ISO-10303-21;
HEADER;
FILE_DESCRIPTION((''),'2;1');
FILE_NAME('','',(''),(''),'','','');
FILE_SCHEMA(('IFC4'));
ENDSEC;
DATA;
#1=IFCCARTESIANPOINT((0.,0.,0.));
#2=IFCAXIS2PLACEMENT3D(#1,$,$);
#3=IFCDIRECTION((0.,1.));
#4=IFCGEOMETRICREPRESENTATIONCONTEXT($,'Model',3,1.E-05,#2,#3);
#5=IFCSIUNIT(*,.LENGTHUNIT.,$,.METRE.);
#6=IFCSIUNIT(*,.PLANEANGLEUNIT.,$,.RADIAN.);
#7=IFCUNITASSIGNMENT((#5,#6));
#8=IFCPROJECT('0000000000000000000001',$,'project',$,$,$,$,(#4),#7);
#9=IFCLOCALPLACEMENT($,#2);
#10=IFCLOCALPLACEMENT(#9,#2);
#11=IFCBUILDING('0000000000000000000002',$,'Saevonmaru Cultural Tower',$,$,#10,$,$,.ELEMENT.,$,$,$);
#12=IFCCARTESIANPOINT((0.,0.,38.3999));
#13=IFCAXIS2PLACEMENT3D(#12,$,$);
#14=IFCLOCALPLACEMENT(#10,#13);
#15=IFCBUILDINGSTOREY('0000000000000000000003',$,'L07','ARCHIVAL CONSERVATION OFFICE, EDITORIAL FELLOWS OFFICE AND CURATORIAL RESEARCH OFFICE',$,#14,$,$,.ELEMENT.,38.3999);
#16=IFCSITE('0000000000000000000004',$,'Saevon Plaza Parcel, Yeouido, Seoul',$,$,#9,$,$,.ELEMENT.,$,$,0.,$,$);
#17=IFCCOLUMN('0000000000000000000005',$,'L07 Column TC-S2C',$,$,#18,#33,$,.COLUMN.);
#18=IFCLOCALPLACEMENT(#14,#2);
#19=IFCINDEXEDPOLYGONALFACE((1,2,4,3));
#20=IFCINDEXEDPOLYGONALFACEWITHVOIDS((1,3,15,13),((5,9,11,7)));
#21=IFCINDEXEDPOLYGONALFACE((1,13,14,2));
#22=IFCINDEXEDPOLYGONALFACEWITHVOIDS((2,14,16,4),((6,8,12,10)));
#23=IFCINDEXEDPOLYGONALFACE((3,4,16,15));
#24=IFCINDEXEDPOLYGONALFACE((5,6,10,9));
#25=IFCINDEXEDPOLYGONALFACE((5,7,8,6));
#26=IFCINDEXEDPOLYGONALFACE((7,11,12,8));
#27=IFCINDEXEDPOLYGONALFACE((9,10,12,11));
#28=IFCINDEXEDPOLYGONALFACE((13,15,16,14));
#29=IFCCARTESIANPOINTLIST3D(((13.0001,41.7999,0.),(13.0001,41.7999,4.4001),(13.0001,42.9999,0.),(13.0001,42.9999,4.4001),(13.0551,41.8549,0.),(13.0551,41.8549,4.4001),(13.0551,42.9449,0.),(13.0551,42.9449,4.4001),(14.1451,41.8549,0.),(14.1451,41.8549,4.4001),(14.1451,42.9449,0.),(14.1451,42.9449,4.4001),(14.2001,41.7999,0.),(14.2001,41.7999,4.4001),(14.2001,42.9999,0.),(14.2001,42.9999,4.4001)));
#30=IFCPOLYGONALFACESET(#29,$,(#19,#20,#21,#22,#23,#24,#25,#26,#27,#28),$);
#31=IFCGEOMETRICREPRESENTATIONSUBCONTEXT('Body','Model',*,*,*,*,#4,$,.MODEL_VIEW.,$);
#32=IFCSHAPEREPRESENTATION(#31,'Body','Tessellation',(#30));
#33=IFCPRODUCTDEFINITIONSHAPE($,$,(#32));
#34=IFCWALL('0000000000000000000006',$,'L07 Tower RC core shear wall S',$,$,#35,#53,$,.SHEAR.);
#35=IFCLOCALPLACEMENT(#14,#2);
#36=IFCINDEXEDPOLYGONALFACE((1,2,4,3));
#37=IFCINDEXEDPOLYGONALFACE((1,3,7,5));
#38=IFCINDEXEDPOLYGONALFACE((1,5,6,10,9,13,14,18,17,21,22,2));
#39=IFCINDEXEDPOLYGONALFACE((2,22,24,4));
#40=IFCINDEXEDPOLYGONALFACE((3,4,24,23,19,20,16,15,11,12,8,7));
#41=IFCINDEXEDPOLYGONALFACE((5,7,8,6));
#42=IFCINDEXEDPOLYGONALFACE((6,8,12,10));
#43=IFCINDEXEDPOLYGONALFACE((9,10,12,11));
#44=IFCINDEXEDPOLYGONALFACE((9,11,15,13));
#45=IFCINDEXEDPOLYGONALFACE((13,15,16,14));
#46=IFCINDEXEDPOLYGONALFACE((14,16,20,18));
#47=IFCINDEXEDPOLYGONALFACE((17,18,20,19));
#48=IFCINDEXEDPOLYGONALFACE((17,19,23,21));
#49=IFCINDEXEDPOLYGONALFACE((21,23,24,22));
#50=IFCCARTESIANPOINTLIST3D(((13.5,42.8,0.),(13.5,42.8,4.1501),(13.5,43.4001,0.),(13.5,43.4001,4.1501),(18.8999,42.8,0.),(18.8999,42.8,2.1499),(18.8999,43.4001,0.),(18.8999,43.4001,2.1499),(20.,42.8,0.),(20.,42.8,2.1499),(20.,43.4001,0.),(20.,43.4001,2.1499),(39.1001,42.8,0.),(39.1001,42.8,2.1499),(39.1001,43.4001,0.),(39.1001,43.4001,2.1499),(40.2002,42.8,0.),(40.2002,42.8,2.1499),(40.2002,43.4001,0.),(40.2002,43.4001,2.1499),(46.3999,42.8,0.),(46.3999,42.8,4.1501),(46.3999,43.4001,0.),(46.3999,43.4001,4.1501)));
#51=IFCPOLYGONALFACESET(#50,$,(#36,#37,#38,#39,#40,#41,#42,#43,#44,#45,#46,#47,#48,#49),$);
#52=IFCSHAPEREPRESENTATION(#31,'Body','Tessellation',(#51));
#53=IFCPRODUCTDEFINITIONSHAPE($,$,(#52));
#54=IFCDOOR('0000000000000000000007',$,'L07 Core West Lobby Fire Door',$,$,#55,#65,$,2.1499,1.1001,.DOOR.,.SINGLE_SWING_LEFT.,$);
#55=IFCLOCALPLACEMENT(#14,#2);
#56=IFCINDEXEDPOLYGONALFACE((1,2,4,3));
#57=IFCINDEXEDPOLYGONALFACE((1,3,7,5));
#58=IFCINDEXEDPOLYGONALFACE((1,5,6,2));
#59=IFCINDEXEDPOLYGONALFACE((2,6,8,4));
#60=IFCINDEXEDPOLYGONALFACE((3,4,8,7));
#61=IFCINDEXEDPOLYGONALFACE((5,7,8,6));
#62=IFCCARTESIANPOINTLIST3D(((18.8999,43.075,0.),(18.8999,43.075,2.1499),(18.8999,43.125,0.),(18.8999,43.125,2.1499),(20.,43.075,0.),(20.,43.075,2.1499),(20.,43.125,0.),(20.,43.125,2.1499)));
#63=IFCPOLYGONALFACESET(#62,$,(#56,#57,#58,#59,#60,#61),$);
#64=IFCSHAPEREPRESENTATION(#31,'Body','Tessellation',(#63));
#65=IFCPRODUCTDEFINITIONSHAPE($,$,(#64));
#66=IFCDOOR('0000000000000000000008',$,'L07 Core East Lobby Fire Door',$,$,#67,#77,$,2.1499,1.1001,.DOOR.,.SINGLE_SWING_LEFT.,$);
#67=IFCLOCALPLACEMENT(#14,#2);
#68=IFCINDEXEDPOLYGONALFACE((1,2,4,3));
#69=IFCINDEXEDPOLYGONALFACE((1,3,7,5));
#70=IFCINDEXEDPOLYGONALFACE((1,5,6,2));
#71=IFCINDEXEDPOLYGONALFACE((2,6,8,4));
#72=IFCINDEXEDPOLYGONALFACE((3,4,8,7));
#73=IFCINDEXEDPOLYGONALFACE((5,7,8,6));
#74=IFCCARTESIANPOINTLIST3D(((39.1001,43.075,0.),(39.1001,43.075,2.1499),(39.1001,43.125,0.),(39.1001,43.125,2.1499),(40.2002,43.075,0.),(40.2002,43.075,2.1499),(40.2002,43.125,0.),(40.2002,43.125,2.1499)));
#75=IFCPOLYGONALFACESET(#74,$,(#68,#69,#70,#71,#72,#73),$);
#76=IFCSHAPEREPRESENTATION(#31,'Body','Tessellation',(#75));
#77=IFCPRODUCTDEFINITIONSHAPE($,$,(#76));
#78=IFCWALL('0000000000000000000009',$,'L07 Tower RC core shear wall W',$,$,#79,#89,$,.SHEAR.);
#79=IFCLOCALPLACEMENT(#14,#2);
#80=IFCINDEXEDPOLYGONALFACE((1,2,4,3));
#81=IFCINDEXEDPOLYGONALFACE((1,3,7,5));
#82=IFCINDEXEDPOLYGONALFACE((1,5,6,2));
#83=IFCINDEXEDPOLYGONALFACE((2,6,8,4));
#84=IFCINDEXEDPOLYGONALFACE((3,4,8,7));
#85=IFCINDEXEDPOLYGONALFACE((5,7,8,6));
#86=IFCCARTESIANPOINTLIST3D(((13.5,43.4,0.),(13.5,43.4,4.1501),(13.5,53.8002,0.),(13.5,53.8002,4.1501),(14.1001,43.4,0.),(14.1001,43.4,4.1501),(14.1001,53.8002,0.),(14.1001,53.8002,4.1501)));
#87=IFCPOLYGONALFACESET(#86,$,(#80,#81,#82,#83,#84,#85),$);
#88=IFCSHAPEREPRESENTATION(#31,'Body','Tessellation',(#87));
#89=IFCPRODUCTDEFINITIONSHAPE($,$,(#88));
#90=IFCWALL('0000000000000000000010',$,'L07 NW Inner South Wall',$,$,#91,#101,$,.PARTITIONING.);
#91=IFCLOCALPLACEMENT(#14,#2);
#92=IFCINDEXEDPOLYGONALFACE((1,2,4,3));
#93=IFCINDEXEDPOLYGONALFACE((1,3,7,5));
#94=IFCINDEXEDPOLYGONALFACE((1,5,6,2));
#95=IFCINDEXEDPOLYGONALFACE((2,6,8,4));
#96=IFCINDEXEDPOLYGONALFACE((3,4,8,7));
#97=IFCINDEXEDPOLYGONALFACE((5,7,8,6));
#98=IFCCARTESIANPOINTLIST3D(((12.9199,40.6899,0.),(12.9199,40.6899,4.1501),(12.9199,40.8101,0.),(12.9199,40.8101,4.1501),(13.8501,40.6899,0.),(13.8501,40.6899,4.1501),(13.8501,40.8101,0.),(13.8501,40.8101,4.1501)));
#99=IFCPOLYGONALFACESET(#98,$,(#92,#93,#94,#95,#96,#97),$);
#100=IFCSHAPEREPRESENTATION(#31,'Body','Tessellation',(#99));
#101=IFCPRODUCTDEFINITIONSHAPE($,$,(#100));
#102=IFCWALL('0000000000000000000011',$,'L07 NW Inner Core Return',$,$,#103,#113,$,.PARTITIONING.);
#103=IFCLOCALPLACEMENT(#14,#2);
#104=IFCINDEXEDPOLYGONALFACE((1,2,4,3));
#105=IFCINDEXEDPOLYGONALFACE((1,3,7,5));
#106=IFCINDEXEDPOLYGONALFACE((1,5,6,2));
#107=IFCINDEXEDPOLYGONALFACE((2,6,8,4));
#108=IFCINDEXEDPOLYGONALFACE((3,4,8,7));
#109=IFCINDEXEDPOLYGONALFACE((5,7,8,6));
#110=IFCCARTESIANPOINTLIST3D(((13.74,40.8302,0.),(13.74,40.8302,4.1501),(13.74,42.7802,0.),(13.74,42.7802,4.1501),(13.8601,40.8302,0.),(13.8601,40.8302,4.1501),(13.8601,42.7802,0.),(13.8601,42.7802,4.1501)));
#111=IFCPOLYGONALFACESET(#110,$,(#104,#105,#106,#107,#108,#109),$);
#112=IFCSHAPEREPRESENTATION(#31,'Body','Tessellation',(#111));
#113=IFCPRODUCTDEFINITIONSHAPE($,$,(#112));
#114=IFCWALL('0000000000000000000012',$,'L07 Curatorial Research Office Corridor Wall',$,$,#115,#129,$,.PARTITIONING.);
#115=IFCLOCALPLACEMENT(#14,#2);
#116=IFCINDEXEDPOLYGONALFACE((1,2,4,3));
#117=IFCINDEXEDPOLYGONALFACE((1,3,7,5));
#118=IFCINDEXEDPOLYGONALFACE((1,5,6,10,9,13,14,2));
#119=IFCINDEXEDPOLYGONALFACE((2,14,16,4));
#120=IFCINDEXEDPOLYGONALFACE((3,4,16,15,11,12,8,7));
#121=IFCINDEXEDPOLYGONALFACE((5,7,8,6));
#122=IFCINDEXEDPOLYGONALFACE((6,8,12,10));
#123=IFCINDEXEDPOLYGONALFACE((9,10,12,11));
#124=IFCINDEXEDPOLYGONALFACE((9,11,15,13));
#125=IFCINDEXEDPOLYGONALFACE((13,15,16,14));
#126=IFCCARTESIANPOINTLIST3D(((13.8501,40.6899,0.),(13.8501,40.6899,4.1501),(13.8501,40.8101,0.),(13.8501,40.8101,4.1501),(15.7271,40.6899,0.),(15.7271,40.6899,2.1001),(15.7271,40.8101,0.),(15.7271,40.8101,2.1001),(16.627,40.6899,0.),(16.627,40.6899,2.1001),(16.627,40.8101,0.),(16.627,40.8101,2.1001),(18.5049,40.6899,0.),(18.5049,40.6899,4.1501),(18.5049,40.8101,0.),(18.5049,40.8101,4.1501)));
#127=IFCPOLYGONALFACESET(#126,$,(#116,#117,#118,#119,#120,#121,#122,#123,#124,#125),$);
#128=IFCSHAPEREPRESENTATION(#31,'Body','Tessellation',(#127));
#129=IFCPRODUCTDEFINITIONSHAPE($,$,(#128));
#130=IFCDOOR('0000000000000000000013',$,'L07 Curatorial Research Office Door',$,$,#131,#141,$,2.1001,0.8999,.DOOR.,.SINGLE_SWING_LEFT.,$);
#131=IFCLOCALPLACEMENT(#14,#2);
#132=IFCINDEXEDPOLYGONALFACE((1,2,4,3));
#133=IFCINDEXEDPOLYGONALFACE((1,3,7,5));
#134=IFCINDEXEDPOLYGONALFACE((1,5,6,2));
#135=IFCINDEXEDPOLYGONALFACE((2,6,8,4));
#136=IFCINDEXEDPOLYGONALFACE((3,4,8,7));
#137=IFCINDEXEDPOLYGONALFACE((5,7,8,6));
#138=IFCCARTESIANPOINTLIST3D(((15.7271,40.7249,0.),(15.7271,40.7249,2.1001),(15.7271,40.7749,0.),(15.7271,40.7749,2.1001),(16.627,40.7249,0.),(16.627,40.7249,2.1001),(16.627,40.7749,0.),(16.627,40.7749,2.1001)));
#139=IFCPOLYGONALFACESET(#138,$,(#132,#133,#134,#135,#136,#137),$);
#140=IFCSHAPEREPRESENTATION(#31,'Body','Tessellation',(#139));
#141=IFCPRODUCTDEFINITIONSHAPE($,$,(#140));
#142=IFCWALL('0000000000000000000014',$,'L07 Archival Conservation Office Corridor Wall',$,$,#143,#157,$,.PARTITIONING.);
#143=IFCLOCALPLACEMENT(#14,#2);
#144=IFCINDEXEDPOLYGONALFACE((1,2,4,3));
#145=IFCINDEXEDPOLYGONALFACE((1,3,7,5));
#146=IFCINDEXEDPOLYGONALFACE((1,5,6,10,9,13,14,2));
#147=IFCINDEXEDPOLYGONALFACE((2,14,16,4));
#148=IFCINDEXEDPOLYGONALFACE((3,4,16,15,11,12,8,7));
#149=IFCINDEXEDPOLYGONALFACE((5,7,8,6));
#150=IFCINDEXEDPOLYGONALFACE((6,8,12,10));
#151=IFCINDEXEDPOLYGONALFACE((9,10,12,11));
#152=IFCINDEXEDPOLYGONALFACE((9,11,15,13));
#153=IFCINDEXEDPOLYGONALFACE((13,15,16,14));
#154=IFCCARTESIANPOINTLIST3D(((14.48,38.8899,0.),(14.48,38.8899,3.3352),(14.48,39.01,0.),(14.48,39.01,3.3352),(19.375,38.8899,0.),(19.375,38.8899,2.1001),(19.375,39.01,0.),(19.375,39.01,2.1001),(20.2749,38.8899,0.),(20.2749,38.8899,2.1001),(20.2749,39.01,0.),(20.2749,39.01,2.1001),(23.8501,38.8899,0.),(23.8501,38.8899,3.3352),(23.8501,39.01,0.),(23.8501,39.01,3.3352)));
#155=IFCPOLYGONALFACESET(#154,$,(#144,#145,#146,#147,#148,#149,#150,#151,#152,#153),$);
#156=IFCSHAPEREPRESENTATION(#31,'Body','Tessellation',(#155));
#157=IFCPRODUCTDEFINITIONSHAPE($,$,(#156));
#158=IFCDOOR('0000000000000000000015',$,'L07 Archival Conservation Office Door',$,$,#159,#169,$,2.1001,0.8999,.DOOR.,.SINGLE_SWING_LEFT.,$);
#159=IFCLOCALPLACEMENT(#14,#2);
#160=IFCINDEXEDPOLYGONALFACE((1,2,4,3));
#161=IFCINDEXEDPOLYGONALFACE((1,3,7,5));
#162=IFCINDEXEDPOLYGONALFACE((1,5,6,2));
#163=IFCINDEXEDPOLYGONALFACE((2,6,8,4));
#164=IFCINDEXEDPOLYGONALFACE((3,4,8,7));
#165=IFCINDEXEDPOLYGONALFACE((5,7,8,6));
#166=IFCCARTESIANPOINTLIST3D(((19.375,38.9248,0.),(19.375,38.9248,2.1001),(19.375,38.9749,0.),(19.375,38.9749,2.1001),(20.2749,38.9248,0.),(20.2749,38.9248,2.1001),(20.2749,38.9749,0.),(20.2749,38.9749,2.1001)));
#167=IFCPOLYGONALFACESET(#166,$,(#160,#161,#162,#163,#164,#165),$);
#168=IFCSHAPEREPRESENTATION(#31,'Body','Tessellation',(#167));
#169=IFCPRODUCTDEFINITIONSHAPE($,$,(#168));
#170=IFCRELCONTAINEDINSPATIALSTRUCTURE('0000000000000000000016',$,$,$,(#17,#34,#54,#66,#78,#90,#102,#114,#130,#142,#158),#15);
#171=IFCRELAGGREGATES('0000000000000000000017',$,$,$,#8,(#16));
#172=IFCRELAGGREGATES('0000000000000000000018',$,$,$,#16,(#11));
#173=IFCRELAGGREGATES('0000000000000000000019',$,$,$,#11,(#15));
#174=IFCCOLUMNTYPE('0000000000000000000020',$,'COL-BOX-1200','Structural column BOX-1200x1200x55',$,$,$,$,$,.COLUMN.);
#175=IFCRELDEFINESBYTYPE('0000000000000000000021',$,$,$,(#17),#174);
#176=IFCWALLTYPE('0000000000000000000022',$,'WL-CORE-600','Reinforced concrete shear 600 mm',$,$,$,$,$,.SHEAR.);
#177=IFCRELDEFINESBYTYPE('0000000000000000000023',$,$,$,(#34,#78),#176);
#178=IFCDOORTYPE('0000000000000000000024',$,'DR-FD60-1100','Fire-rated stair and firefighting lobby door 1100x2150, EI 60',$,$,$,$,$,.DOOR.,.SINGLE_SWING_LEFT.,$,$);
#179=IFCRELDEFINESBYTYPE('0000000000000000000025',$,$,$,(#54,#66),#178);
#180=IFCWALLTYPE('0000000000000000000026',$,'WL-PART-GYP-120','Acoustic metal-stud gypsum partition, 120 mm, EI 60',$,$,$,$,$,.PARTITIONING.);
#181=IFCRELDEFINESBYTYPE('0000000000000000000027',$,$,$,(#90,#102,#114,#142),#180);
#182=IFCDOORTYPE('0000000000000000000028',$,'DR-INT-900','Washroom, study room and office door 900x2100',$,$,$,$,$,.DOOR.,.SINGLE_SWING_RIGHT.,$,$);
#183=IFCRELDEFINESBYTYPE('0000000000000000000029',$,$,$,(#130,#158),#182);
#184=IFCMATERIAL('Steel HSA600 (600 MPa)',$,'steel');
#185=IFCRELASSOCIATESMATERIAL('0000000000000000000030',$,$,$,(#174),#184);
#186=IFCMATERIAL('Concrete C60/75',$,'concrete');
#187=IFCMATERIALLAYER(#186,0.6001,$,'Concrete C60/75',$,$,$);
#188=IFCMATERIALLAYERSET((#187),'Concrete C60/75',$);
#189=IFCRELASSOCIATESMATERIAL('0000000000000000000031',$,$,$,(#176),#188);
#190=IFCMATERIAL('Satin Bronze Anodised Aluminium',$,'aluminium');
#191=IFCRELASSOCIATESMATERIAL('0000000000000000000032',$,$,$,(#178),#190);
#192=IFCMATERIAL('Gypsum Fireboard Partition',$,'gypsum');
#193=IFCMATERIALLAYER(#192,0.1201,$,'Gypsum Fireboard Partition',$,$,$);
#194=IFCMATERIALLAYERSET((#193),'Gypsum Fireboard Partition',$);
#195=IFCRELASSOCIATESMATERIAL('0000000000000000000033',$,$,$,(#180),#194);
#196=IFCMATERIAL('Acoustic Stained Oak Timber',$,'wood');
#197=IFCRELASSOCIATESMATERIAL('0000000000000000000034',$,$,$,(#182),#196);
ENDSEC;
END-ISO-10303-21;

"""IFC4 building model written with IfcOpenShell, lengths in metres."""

from ifc_helpers import new_model, si_unit, direction, frame, frame_2d, origin, origin_2d, place, context, subcontext, project, spatial, rectangle, hollow_rectangle, extrude, material, layer, layer_set, material_profile, profile_set, type_object, element, fill, save


model = new_model("IFC4")

# Units and contexts
model_context = context("Model", 3, precision=1e-05, world=origin(), true_north=direction((0.0, 1.0)))
body_context = subcontext(model_context, "Body", "Model", "MODEL_VIEW")
ifc_project = project(units=[si_unit("LENGTHUNIT", "METRE"), si_unit("PLANEANGLEUNIT", "RADIAN")], contexts=[model_context])

# Site, building, storey
site_placement = place(None, origin())
site = spatial("IfcSite", under=ifc_project, at=site_placement, Name="Saevon Plaza Parcel, Yeouido, Seoul", CompositionType="ELEMENT", RefElevation=0.0)
building_placement = place(site_placement, origin())
building = spatial("IfcBuilding", under=site, at=building_placement, Name="Saevonmaru Cultural Tower", CompositionType="ELEMENT")
storey_placement = place(building_placement, frame((0.0, 0.0, 38.3999)))
storey = spatial("IfcBuildingStorey", under=building, at=storey_placement, Name="L07", Description="ARCHIVAL CONSERVATION OFFICE, EDITORIAL FELLOWS OFFICE AND CURATORIAL RESEARCH OFFICE", CompositionType="ELEMENT", Elevation=38.3999)

# Column
ifc_material_1 = material(Name="Steel HSA600 (600 MPa)", Category="steel")
ifc_material_profile = material_profile(ifc_material_1, hollow_rectangle(XDim=1.2, YDim=1.2, WallThickness=0.0549, at=origin_2d()), Name="BOX-1200x1200x55")
ifc_profile_set = profile_set([ifc_material_profile], Name="Steel HSA600 (600 MPa)")
column_type = type_object("IfcColumnType", Name="COL-BOX-1200", Description="Structural column BOX-1200x1200x55", PredefinedType="COLUMN", material=ifc_profile_set)
column_placement = place(storey_placement, frame((13.6001, 42.3999, 0.0), z_axis=(0.0, 0.0, 1.0), x_axis=(1.0, 0.0, 0.0)))
element("IfcColumn", 1, at=column_placement, inside=storey, type_object=column_type, Name="L07 Column TC-S2C", PredefinedType="COLUMN", context=body_context, shape_type="SweptSolid", body=[
    extrude(hollow_rectangle(XDim=1.2, YDim=1.2, WallThickness=0.0549, at=origin_2d()), origin(), (0.0, 0.0, 1.0), 4.4001),
])

# Wall, openings, doors
ifc_material_2 = material(Name="Concrete C60/75", Category="concrete")
ifc_layer_1 = layer(ifc_material_2, 0.6001, Name="Concrete C60/75")
ifc_layer_set_1 = layer_set([ifc_layer_1], Name="Concrete C60/75")
wall_type_1 = type_object("IfcWallType", Name="WL-CORE-600", Description="Reinforced concrete shear 600 mm", PredefinedType="SHEAR", material=ifc_layer_set_1)
wall_1_placement = place(storey_placement, frame((13.5, 43.1001, 0.0), z_axis=(0.0, 0.0, 1.0), x_axis=(1.0, 0.0, 0.0)))
wall_1 = element("IfcWall", 2, at=wall_1_placement, inside=storey, type_object=wall_type_1, Name="L07 Tower RC core shear wall S", PredefinedType="SHEAR", context=body_context, shape_type="SweptSolid", body=[
    extrude(rectangle(XDim=32.8999, YDim=0.6001, at=frame_2d((16.45, 0.0))), origin(), (0.0, 0.0, 1.0), 4.1501),
])
opening_1_placement = place(wall_1_placement, frame((5.3999, 0.0, 0.0)))
opening_1 = element("IfcOpeningElement", 3, at=opening_1_placement, cuts=wall_1, PredefinedType="OPENING", context=body_context, shape_type="SweptSolid", body=[
    extrude(rectangle(XDim=1.1001, YDim=2.1499, at=frame_2d((0.55, 1.075))), frame((0.0, 0.3101, 0.0), z_axis=(0.0, -1.0, 0.0), x_axis=(1.0, 0.0, 0.0)), (0.0, 0.0, 1.0), 0.6201),
])
opening_2_placement = place(wall_1_placement, frame((25.6001, 0.0, 0.0)))
opening_2 = element("IfcOpeningElement", 4, at=opening_2_placement, cuts=wall_1, PredefinedType="OPENING", context=body_context, shape_type="SweptSolid", body=[
    extrude(rectangle(XDim=1.1001, YDim=2.1499, at=frame_2d((0.55, 1.075))), frame((0.0, 0.3101, 0.0), z_axis=(0.0, -1.0, 0.0), x_axis=(1.0, 0.0, 0.0)), (0.0, 0.0, 1.0), 0.6201),
])
ifc_material_3 = material(Name="Satin Bronze Anodised Aluminium", Category="aluminium")
door_type_1 = type_object("IfcDoorType", Name="DR-FD60-1100", Description="Fire-rated stair and firefighting lobby door 1100x2150, EI 60", OperationType="SINGLE_SWING_LEFT", PredefinedType="DOOR", material=ifc_material_3)
door_1_placement = place(opening_1_placement, origin())
door_1 = element("IfcDoor", 5, at=door_1_placement, inside=storey, type_object=door_type_1, Name="L07 Core West Lobby Fire Door", OperationType="SINGLE_SWING_LEFT", OverallHeight=2.1499, OverallWidth=1.1001, PredefinedType="DOOR", context=body_context, shape_type="SweptSolid", body=[
    extrude(rectangle(XDim=1.1001, YDim=2.1499, at=frame_2d((0.55, 1.075))), frame((0.0, 0.0249, 0.0), z_axis=(0.0, -1.0, 0.0), x_axis=(1.0, 0.0, 0.0)), (0.0, 0.0, 1.0), 0.05),
])
fill(opening_1, door_1)
door_2_placement = place(opening_2_placement, origin())
door_2 = element("IfcDoor", 6, at=door_2_placement, inside=storey, type_object=door_type_1, Name="L07 Core East Lobby Fire Door", OperationType="SINGLE_SWING_LEFT", OverallHeight=2.1499, OverallWidth=1.1001, PredefinedType="DOOR", context=body_context, shape_type="SweptSolid", body=[
    extrude(rectangle(XDim=1.1001, YDim=2.1499, at=frame_2d((0.55, 1.075))), frame((0.0, 0.0249, 0.0), z_axis=(0.0, -1.0, 0.0), x_axis=(1.0, 0.0, 0.0)), (0.0, 0.0, 1.0), 0.05),
])
fill(opening_2, door_2)

# Walls
wall_2_placement = place(storey_placement, frame((13.8, 43.3999, 0.0), z_axis=(0.0, 0.0, 1.0), x_axis=(0.0, 1.0, 0.0)))
element("IfcWall", 7, at=wall_2_placement, inside=storey, type_object=wall_type_1, Name="L07 Tower RC core shear wall W", PredefinedType="SHEAR", context=body_context, shape_type="SweptSolid", body=[
    extrude(rectangle(XDim=10.4001, YDim=0.6001, at=frame_2d((5.2002, 0.0))), origin(), (0.0, 0.0, 1.0), 4.1501),
])
ifc_material_4 = material(Name="Gypsum Fireboard Partition", Category="gypsum")
ifc_layer_2 = layer(ifc_material_4, 0.1201, Name="Gypsum Fireboard Partition")
ifc_layer_set_2 = layer_set([ifc_layer_2], Name="Gypsum Fireboard Partition")
wall_type_2 = type_object("IfcWallType", Name="WL-PART-GYP-120", Description="Acoustic metal-stud gypsum partition, 120 mm, EI 60", PredefinedType="PARTITIONING", material=ifc_layer_set_2)
wall_3_placement = place(storey_placement, frame((12.9199, 40.75, 0.0), z_axis=(0.0, 0.0, 1.0), x_axis=(1.0, 0.0, 0.0)))
element("IfcWall", 8, at=wall_3_placement, inside=storey, type_object=wall_type_2, Name="L07 NW Inner South Wall", PredefinedType="PARTITIONING", context=body_context, shape_type="SweptSolid", body=[
    extrude(rectangle(XDim=0.9302, YDim=0.1201, at=frame_2d((0.4651, 0.0))), origin(), (0.0, 0.0, 1.0), 4.1501),
])
wall_4_placement = place(storey_placement, frame((13.8, 40.8301, 0.0), z_axis=(0.0, 0.0, 1.0), x_axis=(0.0, 1.0, 0.0)))
element("IfcWall", 9, at=wall_4_placement, inside=storey, type_object=wall_type_2, Name="L07 NW Inner Core Return", PredefinedType="PARTITIONING", context=body_context, shape_type="SweptSolid", body=[
    extrude(rectangle(XDim=1.95, YDim=0.1201, at=frame_2d((0.9751, 0.0))), origin(), (0.0, 0.0, 1.0), 4.1501),
])

# Walls, openings, doors
wall_5_placement = place(storey_placement, frame((13.8501, 40.75, 0.0), z_axis=(0.0, 0.0, 1.0), x_axis=(1.0, 0.0, 0.0)))
wall_5 = element("IfcWall", 10, at=wall_5_placement, inside=storey, type_object=wall_type_2, Name="L07 Curatorial Research Office Corridor Wall", PredefinedType="PARTITIONING", context=body_context, shape_type="SweptSolid", body=[
    extrude(rectangle(XDim=4.6548, YDim=0.1201, at=frame_2d((2.3274, 0.0))), origin(), (0.0, 0.0, 1.0), 4.1501),
])
opening_3_placement = place(wall_5_placement, frame((1.877, 0.0, 0.0)))
opening_3 = element("IfcOpeningElement", 11, at=opening_3_placement, cuts=wall_5, PredefinedType="OPENING", context=body_context, shape_type="SweptSolid", body=[
    extrude(rectangle(XDim=0.8999, YDim=2.1001, at=frame_2d((0.45, 1.05))), frame((0.0, 0.0701, 0.0), z_axis=(0.0, -1.0, 0.0), x_axis=(1.0, 0.0, 0.0)), (0.0, 0.0, 1.0), 0.1401),
])
ifc_material_5 = material(Name="Acoustic Stained Oak Timber", Category="wood")
door_type_2 = type_object("IfcDoorType", Name="DR-INT-900", Description="Washroom, study room and office door 900x2100", OperationType="SINGLE_SWING_RIGHT", PredefinedType="DOOR", material=ifc_material_5)
door_3_placement = place(opening_3_placement, origin())
door_3 = element("IfcDoor", 12, at=door_3_placement, inside=storey, type_object=door_type_2, Name="L07 Curatorial Research Office Door", OperationType="SINGLE_SWING_LEFT", OverallHeight=2.1001, OverallWidth=0.8999, PredefinedType="DOOR", context=body_context, shape_type="SweptSolid", body=[
    extrude(rectangle(XDim=0.8999, YDim=2.1001, at=frame_2d((0.45, 1.05))), frame((0.0, 0.0249, 0.0), z_axis=(0.0, -1.0, 0.0), x_axis=(1.0, 0.0, 0.0)), (0.0, 0.0, 1.0), 0.05),
])
fill(opening_3, door_3)
wall_6_placement = place(storey_placement, frame((14.48, 38.95, 0.0), z_axis=(0.0, 0.0, 1.0), x_axis=(1.0, 0.0, 0.0)))
wall_6 = element("IfcWall", 13, at=wall_6_placement, inside=storey, type_object=wall_type_2, Name="L07 Archival Conservation Office Corridor Wall", PredefinedType="PARTITIONING", context=body_context, shape_type="SweptSolid", body=[
    extrude(rectangle(XDim=9.3701, YDim=0.1201, at=frame_2d((4.6851, 0.0))), origin(), (0.0, 0.0, 1.0), 3.3352),
])
opening_4_placement = place(wall_6_placement, frame((4.895, 0.0, 0.0)))
opening_4 = element("IfcOpeningElement", 14, at=opening_4_placement, cuts=wall_6, PredefinedType="OPENING", context=body_context, shape_type="SweptSolid", body=[
    extrude(rectangle(XDim=0.8999, YDim=2.1001, at=frame_2d((0.45, 1.05))), frame((0.0, 0.0701, 0.0), z_axis=(0.0, -1.0, 0.0), x_axis=(1.0, 0.0, 0.0)), (0.0, 0.0, 1.0), 0.1401),
])
door_4_placement = place(opening_4_placement, origin())
door_4 = element("IfcDoor", 15, at=door_4_placement, inside=storey, type_object=door_type_2, Name="L07 Archival Conservation Office Door", OperationType="SINGLE_SWING_LEFT", OverallHeight=2.1001, OverallWidth=0.8999, PredefinedType="DOOR", context=body_context, shape_type="SweptSolid", body=[
    extrude(rectangle(XDim=0.8999, YDim=2.1001, at=frame_2d((0.45, 1.05))), frame((0.0, 0.0249, 0.0), z_axis=(0.0, -1.0, 0.0), x_axis=(1.0, 0.0, 0.0)), (0.0, 0.0, 1.0), 0.05),
])
fill(opening_4, door_4)

save(model, "model.ifc")
